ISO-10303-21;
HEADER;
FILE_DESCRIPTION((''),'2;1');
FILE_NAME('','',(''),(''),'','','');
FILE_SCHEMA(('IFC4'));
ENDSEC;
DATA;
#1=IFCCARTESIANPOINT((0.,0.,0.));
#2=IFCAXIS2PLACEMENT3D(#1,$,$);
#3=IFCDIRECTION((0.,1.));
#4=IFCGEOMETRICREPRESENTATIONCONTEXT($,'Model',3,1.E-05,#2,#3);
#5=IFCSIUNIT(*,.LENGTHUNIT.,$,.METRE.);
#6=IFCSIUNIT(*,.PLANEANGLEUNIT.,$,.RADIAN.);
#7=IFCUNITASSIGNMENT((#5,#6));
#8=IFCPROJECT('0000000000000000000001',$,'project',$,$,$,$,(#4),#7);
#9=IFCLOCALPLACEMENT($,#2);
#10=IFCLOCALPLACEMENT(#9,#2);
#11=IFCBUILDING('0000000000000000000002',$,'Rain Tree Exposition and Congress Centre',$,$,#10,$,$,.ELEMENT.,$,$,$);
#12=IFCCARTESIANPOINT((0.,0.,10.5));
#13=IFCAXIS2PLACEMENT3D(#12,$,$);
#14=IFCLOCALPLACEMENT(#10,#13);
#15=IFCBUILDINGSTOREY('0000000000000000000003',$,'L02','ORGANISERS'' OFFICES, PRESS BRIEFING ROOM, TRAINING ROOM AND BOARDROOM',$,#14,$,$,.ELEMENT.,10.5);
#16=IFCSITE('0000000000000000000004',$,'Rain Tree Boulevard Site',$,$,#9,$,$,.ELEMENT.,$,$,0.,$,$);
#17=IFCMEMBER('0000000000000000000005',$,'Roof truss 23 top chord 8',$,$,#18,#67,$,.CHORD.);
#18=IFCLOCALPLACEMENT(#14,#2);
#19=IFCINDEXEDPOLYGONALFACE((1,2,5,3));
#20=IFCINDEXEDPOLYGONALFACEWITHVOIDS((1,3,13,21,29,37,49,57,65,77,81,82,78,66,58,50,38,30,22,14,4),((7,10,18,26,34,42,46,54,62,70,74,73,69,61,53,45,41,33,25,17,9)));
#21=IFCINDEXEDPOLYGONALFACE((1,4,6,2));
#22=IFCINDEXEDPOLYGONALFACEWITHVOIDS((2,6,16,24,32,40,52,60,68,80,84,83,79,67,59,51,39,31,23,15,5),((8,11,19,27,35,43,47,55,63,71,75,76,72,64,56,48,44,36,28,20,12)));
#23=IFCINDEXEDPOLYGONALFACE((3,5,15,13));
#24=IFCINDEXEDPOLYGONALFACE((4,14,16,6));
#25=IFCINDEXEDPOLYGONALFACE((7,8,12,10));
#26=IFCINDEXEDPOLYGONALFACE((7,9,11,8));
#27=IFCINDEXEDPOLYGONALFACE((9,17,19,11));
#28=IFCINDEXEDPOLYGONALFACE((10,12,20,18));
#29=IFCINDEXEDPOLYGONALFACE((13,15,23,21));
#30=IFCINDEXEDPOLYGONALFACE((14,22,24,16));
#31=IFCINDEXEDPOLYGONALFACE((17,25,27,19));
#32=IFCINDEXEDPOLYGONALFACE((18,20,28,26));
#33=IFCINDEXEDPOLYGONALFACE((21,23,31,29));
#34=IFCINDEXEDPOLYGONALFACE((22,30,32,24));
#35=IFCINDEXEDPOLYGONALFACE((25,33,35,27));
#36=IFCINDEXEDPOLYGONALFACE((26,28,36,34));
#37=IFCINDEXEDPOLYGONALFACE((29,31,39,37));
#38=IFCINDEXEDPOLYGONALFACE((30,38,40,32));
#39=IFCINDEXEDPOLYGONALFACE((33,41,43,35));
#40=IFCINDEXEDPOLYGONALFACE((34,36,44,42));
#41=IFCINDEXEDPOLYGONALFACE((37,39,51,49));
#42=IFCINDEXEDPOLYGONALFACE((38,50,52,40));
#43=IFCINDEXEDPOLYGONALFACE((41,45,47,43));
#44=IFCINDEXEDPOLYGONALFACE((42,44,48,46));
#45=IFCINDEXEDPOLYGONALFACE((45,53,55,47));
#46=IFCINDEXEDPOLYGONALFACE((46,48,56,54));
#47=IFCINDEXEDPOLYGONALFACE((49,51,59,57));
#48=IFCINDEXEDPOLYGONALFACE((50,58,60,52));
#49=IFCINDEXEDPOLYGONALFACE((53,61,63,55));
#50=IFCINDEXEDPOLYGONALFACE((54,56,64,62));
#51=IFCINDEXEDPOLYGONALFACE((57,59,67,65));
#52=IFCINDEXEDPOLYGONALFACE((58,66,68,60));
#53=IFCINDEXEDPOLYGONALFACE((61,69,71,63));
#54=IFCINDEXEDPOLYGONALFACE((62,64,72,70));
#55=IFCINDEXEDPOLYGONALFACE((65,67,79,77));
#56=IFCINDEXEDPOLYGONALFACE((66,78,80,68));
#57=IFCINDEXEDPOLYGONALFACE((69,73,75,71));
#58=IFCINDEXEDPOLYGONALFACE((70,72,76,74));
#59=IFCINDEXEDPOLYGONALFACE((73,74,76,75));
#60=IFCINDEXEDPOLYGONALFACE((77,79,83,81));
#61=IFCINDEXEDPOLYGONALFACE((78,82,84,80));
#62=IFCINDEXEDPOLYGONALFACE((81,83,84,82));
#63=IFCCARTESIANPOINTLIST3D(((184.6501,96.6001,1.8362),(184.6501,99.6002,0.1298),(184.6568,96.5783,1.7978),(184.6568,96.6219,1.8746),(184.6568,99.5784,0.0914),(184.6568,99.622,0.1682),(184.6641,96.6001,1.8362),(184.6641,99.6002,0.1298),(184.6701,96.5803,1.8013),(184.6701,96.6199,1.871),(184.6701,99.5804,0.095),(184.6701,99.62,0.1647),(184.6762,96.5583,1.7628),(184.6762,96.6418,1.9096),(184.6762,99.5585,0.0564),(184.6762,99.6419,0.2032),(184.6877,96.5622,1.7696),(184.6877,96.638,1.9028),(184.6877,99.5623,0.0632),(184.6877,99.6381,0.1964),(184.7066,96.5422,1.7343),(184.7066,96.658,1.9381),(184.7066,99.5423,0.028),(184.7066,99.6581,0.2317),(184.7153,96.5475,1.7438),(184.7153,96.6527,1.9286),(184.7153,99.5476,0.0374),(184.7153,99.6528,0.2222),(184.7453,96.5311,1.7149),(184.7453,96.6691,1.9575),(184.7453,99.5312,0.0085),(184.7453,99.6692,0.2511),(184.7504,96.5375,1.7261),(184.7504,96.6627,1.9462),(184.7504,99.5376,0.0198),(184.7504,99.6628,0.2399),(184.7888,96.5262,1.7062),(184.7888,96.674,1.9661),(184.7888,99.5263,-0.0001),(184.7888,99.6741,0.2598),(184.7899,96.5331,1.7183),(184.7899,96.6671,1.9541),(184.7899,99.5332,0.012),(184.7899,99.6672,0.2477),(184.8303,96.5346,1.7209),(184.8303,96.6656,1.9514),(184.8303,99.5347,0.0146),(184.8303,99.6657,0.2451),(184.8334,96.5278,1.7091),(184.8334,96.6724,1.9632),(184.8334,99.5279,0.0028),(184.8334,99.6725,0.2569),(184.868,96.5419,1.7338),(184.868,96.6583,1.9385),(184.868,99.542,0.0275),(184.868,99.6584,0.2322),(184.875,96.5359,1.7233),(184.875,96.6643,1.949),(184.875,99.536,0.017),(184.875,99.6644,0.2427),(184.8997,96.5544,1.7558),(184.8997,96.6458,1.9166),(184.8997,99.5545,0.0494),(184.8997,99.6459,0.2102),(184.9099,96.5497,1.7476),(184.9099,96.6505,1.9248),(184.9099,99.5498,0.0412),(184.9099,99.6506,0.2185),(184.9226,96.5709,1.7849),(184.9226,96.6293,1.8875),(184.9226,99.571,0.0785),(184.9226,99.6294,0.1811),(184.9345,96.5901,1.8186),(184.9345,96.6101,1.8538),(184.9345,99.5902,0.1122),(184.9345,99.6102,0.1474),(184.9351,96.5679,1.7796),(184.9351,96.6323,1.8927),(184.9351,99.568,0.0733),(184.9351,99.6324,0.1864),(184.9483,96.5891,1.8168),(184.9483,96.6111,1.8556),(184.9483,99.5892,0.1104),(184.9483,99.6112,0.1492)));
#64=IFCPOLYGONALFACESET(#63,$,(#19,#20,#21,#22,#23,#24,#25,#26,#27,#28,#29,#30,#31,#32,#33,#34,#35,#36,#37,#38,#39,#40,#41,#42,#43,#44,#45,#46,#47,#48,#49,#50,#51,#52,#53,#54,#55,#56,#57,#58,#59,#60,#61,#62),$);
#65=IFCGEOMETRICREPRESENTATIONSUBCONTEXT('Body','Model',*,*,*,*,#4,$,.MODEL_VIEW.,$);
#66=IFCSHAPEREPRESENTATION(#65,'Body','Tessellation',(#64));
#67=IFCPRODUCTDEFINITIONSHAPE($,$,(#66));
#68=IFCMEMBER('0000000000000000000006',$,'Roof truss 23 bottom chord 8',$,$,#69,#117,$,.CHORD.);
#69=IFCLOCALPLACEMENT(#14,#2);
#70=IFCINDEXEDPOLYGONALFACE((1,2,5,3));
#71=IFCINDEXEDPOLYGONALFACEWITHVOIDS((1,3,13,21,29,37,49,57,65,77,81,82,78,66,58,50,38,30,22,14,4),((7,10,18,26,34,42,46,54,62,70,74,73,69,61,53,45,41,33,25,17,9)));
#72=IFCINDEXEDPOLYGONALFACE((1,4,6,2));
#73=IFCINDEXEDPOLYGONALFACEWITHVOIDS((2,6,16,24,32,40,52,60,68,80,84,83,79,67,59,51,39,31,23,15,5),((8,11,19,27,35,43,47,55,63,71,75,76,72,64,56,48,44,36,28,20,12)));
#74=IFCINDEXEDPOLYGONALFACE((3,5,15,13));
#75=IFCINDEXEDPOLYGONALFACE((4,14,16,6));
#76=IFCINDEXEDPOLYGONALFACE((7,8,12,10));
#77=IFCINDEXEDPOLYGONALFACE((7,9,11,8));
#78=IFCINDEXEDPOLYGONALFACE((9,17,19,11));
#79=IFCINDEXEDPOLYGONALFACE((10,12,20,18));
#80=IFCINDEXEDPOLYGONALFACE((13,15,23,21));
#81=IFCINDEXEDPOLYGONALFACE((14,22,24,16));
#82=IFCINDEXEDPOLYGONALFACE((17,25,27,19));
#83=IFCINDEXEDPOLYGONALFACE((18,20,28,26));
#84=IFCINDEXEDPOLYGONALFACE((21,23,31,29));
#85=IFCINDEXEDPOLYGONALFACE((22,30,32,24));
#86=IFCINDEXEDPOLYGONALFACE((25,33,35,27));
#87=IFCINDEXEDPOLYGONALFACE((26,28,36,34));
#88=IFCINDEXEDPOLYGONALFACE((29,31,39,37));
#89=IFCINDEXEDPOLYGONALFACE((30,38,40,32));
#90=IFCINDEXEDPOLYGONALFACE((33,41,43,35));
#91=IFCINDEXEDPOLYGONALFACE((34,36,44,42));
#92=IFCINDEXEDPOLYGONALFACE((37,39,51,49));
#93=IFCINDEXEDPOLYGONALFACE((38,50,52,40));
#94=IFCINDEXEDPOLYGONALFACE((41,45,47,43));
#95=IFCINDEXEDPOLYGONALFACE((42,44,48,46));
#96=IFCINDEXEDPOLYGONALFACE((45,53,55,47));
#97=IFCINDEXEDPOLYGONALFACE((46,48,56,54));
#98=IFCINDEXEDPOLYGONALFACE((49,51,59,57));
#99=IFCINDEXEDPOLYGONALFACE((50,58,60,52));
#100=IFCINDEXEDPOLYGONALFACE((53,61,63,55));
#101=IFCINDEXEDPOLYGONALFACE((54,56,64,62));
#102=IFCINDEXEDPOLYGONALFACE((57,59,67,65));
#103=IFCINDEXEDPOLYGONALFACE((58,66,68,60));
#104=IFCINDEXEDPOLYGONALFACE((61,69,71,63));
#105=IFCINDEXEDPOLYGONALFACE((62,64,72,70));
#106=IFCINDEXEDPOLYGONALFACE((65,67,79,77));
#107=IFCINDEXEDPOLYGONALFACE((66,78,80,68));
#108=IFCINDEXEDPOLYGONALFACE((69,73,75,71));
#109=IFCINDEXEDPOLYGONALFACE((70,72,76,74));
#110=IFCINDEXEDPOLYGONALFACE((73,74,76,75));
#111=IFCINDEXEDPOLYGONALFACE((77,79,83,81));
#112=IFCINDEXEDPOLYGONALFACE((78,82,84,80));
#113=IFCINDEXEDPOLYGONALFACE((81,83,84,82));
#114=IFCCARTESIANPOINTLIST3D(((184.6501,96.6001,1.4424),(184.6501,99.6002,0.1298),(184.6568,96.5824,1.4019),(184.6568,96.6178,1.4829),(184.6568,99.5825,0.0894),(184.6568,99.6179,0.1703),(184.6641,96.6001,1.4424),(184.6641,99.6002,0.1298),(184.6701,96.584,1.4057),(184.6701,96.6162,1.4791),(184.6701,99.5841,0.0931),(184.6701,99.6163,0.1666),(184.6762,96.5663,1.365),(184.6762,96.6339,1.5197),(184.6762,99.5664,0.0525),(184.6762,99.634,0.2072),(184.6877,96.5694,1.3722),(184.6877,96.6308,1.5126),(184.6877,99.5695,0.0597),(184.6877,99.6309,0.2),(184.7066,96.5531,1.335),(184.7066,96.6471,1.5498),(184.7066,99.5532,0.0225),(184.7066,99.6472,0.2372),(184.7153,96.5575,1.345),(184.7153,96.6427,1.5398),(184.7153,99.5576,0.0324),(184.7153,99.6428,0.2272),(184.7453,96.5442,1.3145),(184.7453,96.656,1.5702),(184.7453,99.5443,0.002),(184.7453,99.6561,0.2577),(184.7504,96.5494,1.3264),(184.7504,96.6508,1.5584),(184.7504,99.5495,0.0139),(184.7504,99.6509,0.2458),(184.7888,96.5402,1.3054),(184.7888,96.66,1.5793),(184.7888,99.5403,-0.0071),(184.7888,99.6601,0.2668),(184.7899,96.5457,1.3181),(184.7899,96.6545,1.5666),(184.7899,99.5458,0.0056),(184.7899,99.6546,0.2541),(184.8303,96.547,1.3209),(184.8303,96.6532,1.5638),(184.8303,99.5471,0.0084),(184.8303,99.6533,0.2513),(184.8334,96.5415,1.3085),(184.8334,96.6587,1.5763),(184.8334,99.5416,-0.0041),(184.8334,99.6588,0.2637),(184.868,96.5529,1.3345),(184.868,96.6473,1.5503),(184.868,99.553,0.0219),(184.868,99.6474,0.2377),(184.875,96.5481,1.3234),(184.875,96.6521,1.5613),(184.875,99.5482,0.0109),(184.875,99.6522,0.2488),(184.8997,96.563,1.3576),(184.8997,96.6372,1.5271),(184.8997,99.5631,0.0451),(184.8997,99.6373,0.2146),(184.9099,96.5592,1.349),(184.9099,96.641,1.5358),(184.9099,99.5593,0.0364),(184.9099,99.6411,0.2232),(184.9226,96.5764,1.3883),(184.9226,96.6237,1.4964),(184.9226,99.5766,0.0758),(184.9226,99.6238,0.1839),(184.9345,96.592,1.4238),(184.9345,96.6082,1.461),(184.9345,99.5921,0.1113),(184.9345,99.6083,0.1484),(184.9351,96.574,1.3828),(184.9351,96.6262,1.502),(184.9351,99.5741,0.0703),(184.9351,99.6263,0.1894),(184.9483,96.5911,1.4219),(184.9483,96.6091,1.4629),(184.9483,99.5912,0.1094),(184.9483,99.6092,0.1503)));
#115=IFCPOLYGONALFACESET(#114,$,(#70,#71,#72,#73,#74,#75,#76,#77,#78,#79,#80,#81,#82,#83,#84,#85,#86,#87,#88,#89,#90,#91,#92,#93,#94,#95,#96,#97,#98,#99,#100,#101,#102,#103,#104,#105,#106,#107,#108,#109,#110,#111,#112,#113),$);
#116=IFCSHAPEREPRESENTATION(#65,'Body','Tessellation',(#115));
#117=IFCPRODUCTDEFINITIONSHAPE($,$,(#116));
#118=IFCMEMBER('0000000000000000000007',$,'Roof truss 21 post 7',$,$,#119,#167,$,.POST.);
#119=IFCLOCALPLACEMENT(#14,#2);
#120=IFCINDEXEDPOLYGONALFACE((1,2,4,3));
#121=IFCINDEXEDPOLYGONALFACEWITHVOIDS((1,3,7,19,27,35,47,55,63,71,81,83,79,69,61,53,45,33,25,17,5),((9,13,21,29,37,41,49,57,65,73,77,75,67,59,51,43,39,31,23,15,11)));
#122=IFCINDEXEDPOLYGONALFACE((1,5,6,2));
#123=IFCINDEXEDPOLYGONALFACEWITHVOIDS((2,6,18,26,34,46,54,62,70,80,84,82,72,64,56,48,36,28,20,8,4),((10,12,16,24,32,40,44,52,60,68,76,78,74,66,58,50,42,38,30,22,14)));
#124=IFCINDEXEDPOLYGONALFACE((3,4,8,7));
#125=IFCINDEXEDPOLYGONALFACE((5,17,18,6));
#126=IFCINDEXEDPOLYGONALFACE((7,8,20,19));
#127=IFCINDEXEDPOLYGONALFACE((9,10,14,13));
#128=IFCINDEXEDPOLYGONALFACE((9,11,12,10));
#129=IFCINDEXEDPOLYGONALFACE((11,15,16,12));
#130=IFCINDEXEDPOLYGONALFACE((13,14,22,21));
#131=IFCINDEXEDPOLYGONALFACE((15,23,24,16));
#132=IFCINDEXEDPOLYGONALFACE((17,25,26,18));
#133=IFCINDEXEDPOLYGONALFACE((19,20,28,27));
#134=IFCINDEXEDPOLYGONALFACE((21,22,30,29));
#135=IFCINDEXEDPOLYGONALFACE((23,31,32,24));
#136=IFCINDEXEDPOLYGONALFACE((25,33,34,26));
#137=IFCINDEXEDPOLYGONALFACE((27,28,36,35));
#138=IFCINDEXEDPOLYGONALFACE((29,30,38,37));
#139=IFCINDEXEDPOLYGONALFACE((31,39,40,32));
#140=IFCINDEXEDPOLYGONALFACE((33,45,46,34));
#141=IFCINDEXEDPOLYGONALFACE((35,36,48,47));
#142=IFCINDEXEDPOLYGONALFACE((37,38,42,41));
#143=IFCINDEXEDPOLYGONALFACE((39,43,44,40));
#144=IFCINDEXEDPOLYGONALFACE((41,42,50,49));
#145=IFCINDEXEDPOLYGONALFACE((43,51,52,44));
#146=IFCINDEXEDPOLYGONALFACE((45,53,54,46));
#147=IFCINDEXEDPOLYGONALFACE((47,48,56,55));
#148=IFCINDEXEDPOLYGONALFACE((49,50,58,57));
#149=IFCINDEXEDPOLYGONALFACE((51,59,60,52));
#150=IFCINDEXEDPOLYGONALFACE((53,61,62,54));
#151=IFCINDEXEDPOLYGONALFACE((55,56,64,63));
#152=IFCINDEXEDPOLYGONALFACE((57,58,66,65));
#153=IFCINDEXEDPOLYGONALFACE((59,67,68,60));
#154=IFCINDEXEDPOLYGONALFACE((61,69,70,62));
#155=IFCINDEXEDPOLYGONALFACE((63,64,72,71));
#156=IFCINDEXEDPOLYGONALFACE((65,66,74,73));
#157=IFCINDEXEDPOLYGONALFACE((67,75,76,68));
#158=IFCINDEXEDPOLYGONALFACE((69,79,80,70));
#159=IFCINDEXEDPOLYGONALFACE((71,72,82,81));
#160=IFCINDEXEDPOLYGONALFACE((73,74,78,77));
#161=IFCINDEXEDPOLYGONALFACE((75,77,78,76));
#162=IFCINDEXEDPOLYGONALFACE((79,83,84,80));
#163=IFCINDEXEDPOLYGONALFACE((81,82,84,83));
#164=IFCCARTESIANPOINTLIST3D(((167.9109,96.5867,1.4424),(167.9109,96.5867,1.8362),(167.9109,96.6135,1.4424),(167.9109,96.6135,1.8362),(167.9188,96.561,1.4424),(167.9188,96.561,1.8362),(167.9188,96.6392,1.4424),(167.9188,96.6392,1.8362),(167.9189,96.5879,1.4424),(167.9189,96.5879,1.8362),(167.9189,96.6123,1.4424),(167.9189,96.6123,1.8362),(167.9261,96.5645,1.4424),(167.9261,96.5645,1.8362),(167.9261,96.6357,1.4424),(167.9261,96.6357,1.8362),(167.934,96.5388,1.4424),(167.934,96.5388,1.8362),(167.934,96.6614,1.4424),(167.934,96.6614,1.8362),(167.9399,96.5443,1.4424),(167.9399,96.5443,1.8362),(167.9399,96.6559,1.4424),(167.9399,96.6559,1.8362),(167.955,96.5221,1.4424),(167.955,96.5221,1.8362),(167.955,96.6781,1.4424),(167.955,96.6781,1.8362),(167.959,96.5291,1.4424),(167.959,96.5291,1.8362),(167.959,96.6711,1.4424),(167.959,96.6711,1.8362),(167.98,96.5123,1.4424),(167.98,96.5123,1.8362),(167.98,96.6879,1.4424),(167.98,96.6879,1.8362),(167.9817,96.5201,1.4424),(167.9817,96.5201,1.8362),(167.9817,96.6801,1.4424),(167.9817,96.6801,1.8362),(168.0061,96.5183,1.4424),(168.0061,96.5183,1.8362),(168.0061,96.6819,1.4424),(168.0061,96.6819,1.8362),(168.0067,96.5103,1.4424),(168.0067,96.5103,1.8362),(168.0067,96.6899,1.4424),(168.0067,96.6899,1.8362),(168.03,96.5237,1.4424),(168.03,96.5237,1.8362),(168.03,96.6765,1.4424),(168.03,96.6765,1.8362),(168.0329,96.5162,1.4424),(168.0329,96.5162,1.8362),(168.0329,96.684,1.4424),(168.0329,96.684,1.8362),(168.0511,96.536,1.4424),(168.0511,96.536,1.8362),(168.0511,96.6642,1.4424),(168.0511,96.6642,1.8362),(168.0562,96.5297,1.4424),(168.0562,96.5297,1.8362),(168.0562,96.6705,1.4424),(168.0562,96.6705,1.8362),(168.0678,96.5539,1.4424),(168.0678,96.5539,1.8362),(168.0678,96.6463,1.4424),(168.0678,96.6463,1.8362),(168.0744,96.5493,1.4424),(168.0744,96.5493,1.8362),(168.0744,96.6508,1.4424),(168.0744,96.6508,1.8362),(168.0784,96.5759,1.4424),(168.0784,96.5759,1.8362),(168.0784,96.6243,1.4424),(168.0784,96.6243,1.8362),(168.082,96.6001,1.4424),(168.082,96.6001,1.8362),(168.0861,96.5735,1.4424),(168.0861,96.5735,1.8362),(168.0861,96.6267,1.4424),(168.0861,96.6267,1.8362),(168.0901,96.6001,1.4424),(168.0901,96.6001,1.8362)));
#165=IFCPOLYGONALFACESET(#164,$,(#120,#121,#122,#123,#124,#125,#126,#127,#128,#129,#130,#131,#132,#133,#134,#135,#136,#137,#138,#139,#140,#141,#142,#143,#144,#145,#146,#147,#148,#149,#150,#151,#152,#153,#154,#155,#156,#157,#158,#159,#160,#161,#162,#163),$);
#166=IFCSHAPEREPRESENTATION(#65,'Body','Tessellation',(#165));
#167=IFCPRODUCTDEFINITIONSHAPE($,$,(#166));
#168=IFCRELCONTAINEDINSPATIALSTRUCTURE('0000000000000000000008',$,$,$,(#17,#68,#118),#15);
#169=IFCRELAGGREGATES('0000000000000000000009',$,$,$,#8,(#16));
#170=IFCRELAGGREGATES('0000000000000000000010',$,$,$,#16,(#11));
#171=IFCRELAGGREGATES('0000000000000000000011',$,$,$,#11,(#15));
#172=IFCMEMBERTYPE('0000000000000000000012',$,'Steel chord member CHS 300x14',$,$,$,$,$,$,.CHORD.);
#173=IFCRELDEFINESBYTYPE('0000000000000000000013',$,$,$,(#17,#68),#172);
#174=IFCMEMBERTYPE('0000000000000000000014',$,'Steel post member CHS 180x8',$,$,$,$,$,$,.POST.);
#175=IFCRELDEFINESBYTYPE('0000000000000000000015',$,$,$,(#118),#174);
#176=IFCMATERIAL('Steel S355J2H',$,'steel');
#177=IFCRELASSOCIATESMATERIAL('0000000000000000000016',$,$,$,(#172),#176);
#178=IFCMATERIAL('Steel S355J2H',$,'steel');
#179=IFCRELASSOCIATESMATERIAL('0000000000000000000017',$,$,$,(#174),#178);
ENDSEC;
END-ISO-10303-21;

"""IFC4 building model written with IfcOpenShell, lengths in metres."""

from ifc_helpers import new_model, si_unit, direction, frame, origin, origin_2d, place, context, subcontext, project, spatial, hollow_circle, extrude, material, material_profile, profile_set, type_object, element, save


model = new_model("IFC4")

# Units and contexts
model_context = context("Model", 3, precision=1e-05, world=origin(), true_north=direction((0.0, 1.0)))
body_context = subcontext(model_context, "Body", "Model", "MODEL_VIEW")
ifc_project = project(units=[si_unit("LENGTHUNIT", "METRE"), si_unit("PLANEANGLEUNIT", "RADIAN")], contexts=[model_context])

# Site, building, storey
site_placement = place(None, origin())
site = spatial("IfcSite", under=ifc_project, at=site_placement, Name="Rain Tree Boulevard Site", CompositionType="ELEMENT", RefElevation=0.0)
building_placement = place(site_placement, origin())
building = spatial("IfcBuilding", under=site, at=building_placement, Name="Rain Tree Exposition and Congress Centre", CompositionType="ELEMENT")
storey_placement = place(building_placement, frame((0.0, 0.0, 10.5)))
storey = spatial("IfcBuildingStorey", under=building, at=storey_placement, Name="L02", Description="ORGANISERS' OFFICES, PRESS BRIEFING ROOM, TRAINING ROOM AND BOARDROOM", CompositionType="ELEMENT", Elevation=10.5)

# Members
ifc_material_1 = material(Name="Steel S355J2H", Category="steel")
ifc_material_profile_1 = material_profile(ifc_material_1, hollow_circle(Radius=0.1499, WallThickness=0.0139, at=origin_2d()), Name="CHS 300x14")
ifc_profile_set_1 = profile_set([ifc_material_profile_1], Name="Steel S355J2H")
member_type_1 = type_object("IfcMemberType", Name="Steel chord member CHS 300x14", PredefinedType="CHORD", material=ifc_profile_set_1)
member_1_placement = place(storey_placement, frame((184.8, 96.6001, 1.8362), z_axis=(0.0, 0.869238, -0.494393), x_axis=(-1.0, 0.0, 0.0)))
element("IfcMember", 1, at=member_1_placement, inside=storey, type_object=member_type_1, Name="Roof truss 23 top chord 8", PredefinedType="CHORD", context=body_context, shape_type="SweptSolid", body=[
    extrude(hollow_circle(Radius=0.1499, WallThickness=0.0139, at=origin_2d()), origin(), (0.0, 0.0, 1.0), 3.4514),
])
member_2_placement = place(storey_placement, frame((184.8, 96.6001, 1.4424), z_axis=(0.0, 0.916157, -0.400819), x_axis=(-1.0, 0.0, 0.0)))
element("IfcMember", 2, at=member_2_placement, inside=storey, type_object=member_type_1, Name="Roof truss 23 bottom chord 8", PredefinedType="CHORD", context=body_context, shape_type="SweptSolid", body=[
    extrude(hollow_circle(Radius=0.1499, WallThickness=0.0139, at=origin_2d()), origin(), (0.0, 0.0, 1.0), 3.2747),
])
ifc_material_2 = material(Name="Steel S355J2H", Category="steel")
ifc_material_profile_2 = material_profile(ifc_material_2, hollow_circle(Radius=0.0901, WallThickness=0.0081, at=origin_2d()), Name="CHS 180x8")
ifc_profile_set_2 = profile_set([ifc_material_profile_2], Name="Steel S355J2H")
member_type_2 = type_object("IfcMemberType", Name="Steel post member CHS 180x8", PredefinedType="POST", material=ifc_profile_set_2)
member_3_placement = place(storey_placement, frame((168.0, 96.6001, 1.4424), z_axis=(0.0, 0.0, 1.0), x_axis=(1.0, 0.0, 0.0)))
element("IfcMember", 3, at=member_3_placement, inside=storey, type_object=member_type_2, Name="Roof truss 21 post 7", PredefinedType="POST", context=body_context, shape_type="SweptSolid", body=[
    extrude(hollow_circle(Radius=0.0901, WallThickness=0.0081, at=origin_2d()), origin(), (0.0, 0.0, 1.0), 0.3938),
])

save(model, "model.ifc")
